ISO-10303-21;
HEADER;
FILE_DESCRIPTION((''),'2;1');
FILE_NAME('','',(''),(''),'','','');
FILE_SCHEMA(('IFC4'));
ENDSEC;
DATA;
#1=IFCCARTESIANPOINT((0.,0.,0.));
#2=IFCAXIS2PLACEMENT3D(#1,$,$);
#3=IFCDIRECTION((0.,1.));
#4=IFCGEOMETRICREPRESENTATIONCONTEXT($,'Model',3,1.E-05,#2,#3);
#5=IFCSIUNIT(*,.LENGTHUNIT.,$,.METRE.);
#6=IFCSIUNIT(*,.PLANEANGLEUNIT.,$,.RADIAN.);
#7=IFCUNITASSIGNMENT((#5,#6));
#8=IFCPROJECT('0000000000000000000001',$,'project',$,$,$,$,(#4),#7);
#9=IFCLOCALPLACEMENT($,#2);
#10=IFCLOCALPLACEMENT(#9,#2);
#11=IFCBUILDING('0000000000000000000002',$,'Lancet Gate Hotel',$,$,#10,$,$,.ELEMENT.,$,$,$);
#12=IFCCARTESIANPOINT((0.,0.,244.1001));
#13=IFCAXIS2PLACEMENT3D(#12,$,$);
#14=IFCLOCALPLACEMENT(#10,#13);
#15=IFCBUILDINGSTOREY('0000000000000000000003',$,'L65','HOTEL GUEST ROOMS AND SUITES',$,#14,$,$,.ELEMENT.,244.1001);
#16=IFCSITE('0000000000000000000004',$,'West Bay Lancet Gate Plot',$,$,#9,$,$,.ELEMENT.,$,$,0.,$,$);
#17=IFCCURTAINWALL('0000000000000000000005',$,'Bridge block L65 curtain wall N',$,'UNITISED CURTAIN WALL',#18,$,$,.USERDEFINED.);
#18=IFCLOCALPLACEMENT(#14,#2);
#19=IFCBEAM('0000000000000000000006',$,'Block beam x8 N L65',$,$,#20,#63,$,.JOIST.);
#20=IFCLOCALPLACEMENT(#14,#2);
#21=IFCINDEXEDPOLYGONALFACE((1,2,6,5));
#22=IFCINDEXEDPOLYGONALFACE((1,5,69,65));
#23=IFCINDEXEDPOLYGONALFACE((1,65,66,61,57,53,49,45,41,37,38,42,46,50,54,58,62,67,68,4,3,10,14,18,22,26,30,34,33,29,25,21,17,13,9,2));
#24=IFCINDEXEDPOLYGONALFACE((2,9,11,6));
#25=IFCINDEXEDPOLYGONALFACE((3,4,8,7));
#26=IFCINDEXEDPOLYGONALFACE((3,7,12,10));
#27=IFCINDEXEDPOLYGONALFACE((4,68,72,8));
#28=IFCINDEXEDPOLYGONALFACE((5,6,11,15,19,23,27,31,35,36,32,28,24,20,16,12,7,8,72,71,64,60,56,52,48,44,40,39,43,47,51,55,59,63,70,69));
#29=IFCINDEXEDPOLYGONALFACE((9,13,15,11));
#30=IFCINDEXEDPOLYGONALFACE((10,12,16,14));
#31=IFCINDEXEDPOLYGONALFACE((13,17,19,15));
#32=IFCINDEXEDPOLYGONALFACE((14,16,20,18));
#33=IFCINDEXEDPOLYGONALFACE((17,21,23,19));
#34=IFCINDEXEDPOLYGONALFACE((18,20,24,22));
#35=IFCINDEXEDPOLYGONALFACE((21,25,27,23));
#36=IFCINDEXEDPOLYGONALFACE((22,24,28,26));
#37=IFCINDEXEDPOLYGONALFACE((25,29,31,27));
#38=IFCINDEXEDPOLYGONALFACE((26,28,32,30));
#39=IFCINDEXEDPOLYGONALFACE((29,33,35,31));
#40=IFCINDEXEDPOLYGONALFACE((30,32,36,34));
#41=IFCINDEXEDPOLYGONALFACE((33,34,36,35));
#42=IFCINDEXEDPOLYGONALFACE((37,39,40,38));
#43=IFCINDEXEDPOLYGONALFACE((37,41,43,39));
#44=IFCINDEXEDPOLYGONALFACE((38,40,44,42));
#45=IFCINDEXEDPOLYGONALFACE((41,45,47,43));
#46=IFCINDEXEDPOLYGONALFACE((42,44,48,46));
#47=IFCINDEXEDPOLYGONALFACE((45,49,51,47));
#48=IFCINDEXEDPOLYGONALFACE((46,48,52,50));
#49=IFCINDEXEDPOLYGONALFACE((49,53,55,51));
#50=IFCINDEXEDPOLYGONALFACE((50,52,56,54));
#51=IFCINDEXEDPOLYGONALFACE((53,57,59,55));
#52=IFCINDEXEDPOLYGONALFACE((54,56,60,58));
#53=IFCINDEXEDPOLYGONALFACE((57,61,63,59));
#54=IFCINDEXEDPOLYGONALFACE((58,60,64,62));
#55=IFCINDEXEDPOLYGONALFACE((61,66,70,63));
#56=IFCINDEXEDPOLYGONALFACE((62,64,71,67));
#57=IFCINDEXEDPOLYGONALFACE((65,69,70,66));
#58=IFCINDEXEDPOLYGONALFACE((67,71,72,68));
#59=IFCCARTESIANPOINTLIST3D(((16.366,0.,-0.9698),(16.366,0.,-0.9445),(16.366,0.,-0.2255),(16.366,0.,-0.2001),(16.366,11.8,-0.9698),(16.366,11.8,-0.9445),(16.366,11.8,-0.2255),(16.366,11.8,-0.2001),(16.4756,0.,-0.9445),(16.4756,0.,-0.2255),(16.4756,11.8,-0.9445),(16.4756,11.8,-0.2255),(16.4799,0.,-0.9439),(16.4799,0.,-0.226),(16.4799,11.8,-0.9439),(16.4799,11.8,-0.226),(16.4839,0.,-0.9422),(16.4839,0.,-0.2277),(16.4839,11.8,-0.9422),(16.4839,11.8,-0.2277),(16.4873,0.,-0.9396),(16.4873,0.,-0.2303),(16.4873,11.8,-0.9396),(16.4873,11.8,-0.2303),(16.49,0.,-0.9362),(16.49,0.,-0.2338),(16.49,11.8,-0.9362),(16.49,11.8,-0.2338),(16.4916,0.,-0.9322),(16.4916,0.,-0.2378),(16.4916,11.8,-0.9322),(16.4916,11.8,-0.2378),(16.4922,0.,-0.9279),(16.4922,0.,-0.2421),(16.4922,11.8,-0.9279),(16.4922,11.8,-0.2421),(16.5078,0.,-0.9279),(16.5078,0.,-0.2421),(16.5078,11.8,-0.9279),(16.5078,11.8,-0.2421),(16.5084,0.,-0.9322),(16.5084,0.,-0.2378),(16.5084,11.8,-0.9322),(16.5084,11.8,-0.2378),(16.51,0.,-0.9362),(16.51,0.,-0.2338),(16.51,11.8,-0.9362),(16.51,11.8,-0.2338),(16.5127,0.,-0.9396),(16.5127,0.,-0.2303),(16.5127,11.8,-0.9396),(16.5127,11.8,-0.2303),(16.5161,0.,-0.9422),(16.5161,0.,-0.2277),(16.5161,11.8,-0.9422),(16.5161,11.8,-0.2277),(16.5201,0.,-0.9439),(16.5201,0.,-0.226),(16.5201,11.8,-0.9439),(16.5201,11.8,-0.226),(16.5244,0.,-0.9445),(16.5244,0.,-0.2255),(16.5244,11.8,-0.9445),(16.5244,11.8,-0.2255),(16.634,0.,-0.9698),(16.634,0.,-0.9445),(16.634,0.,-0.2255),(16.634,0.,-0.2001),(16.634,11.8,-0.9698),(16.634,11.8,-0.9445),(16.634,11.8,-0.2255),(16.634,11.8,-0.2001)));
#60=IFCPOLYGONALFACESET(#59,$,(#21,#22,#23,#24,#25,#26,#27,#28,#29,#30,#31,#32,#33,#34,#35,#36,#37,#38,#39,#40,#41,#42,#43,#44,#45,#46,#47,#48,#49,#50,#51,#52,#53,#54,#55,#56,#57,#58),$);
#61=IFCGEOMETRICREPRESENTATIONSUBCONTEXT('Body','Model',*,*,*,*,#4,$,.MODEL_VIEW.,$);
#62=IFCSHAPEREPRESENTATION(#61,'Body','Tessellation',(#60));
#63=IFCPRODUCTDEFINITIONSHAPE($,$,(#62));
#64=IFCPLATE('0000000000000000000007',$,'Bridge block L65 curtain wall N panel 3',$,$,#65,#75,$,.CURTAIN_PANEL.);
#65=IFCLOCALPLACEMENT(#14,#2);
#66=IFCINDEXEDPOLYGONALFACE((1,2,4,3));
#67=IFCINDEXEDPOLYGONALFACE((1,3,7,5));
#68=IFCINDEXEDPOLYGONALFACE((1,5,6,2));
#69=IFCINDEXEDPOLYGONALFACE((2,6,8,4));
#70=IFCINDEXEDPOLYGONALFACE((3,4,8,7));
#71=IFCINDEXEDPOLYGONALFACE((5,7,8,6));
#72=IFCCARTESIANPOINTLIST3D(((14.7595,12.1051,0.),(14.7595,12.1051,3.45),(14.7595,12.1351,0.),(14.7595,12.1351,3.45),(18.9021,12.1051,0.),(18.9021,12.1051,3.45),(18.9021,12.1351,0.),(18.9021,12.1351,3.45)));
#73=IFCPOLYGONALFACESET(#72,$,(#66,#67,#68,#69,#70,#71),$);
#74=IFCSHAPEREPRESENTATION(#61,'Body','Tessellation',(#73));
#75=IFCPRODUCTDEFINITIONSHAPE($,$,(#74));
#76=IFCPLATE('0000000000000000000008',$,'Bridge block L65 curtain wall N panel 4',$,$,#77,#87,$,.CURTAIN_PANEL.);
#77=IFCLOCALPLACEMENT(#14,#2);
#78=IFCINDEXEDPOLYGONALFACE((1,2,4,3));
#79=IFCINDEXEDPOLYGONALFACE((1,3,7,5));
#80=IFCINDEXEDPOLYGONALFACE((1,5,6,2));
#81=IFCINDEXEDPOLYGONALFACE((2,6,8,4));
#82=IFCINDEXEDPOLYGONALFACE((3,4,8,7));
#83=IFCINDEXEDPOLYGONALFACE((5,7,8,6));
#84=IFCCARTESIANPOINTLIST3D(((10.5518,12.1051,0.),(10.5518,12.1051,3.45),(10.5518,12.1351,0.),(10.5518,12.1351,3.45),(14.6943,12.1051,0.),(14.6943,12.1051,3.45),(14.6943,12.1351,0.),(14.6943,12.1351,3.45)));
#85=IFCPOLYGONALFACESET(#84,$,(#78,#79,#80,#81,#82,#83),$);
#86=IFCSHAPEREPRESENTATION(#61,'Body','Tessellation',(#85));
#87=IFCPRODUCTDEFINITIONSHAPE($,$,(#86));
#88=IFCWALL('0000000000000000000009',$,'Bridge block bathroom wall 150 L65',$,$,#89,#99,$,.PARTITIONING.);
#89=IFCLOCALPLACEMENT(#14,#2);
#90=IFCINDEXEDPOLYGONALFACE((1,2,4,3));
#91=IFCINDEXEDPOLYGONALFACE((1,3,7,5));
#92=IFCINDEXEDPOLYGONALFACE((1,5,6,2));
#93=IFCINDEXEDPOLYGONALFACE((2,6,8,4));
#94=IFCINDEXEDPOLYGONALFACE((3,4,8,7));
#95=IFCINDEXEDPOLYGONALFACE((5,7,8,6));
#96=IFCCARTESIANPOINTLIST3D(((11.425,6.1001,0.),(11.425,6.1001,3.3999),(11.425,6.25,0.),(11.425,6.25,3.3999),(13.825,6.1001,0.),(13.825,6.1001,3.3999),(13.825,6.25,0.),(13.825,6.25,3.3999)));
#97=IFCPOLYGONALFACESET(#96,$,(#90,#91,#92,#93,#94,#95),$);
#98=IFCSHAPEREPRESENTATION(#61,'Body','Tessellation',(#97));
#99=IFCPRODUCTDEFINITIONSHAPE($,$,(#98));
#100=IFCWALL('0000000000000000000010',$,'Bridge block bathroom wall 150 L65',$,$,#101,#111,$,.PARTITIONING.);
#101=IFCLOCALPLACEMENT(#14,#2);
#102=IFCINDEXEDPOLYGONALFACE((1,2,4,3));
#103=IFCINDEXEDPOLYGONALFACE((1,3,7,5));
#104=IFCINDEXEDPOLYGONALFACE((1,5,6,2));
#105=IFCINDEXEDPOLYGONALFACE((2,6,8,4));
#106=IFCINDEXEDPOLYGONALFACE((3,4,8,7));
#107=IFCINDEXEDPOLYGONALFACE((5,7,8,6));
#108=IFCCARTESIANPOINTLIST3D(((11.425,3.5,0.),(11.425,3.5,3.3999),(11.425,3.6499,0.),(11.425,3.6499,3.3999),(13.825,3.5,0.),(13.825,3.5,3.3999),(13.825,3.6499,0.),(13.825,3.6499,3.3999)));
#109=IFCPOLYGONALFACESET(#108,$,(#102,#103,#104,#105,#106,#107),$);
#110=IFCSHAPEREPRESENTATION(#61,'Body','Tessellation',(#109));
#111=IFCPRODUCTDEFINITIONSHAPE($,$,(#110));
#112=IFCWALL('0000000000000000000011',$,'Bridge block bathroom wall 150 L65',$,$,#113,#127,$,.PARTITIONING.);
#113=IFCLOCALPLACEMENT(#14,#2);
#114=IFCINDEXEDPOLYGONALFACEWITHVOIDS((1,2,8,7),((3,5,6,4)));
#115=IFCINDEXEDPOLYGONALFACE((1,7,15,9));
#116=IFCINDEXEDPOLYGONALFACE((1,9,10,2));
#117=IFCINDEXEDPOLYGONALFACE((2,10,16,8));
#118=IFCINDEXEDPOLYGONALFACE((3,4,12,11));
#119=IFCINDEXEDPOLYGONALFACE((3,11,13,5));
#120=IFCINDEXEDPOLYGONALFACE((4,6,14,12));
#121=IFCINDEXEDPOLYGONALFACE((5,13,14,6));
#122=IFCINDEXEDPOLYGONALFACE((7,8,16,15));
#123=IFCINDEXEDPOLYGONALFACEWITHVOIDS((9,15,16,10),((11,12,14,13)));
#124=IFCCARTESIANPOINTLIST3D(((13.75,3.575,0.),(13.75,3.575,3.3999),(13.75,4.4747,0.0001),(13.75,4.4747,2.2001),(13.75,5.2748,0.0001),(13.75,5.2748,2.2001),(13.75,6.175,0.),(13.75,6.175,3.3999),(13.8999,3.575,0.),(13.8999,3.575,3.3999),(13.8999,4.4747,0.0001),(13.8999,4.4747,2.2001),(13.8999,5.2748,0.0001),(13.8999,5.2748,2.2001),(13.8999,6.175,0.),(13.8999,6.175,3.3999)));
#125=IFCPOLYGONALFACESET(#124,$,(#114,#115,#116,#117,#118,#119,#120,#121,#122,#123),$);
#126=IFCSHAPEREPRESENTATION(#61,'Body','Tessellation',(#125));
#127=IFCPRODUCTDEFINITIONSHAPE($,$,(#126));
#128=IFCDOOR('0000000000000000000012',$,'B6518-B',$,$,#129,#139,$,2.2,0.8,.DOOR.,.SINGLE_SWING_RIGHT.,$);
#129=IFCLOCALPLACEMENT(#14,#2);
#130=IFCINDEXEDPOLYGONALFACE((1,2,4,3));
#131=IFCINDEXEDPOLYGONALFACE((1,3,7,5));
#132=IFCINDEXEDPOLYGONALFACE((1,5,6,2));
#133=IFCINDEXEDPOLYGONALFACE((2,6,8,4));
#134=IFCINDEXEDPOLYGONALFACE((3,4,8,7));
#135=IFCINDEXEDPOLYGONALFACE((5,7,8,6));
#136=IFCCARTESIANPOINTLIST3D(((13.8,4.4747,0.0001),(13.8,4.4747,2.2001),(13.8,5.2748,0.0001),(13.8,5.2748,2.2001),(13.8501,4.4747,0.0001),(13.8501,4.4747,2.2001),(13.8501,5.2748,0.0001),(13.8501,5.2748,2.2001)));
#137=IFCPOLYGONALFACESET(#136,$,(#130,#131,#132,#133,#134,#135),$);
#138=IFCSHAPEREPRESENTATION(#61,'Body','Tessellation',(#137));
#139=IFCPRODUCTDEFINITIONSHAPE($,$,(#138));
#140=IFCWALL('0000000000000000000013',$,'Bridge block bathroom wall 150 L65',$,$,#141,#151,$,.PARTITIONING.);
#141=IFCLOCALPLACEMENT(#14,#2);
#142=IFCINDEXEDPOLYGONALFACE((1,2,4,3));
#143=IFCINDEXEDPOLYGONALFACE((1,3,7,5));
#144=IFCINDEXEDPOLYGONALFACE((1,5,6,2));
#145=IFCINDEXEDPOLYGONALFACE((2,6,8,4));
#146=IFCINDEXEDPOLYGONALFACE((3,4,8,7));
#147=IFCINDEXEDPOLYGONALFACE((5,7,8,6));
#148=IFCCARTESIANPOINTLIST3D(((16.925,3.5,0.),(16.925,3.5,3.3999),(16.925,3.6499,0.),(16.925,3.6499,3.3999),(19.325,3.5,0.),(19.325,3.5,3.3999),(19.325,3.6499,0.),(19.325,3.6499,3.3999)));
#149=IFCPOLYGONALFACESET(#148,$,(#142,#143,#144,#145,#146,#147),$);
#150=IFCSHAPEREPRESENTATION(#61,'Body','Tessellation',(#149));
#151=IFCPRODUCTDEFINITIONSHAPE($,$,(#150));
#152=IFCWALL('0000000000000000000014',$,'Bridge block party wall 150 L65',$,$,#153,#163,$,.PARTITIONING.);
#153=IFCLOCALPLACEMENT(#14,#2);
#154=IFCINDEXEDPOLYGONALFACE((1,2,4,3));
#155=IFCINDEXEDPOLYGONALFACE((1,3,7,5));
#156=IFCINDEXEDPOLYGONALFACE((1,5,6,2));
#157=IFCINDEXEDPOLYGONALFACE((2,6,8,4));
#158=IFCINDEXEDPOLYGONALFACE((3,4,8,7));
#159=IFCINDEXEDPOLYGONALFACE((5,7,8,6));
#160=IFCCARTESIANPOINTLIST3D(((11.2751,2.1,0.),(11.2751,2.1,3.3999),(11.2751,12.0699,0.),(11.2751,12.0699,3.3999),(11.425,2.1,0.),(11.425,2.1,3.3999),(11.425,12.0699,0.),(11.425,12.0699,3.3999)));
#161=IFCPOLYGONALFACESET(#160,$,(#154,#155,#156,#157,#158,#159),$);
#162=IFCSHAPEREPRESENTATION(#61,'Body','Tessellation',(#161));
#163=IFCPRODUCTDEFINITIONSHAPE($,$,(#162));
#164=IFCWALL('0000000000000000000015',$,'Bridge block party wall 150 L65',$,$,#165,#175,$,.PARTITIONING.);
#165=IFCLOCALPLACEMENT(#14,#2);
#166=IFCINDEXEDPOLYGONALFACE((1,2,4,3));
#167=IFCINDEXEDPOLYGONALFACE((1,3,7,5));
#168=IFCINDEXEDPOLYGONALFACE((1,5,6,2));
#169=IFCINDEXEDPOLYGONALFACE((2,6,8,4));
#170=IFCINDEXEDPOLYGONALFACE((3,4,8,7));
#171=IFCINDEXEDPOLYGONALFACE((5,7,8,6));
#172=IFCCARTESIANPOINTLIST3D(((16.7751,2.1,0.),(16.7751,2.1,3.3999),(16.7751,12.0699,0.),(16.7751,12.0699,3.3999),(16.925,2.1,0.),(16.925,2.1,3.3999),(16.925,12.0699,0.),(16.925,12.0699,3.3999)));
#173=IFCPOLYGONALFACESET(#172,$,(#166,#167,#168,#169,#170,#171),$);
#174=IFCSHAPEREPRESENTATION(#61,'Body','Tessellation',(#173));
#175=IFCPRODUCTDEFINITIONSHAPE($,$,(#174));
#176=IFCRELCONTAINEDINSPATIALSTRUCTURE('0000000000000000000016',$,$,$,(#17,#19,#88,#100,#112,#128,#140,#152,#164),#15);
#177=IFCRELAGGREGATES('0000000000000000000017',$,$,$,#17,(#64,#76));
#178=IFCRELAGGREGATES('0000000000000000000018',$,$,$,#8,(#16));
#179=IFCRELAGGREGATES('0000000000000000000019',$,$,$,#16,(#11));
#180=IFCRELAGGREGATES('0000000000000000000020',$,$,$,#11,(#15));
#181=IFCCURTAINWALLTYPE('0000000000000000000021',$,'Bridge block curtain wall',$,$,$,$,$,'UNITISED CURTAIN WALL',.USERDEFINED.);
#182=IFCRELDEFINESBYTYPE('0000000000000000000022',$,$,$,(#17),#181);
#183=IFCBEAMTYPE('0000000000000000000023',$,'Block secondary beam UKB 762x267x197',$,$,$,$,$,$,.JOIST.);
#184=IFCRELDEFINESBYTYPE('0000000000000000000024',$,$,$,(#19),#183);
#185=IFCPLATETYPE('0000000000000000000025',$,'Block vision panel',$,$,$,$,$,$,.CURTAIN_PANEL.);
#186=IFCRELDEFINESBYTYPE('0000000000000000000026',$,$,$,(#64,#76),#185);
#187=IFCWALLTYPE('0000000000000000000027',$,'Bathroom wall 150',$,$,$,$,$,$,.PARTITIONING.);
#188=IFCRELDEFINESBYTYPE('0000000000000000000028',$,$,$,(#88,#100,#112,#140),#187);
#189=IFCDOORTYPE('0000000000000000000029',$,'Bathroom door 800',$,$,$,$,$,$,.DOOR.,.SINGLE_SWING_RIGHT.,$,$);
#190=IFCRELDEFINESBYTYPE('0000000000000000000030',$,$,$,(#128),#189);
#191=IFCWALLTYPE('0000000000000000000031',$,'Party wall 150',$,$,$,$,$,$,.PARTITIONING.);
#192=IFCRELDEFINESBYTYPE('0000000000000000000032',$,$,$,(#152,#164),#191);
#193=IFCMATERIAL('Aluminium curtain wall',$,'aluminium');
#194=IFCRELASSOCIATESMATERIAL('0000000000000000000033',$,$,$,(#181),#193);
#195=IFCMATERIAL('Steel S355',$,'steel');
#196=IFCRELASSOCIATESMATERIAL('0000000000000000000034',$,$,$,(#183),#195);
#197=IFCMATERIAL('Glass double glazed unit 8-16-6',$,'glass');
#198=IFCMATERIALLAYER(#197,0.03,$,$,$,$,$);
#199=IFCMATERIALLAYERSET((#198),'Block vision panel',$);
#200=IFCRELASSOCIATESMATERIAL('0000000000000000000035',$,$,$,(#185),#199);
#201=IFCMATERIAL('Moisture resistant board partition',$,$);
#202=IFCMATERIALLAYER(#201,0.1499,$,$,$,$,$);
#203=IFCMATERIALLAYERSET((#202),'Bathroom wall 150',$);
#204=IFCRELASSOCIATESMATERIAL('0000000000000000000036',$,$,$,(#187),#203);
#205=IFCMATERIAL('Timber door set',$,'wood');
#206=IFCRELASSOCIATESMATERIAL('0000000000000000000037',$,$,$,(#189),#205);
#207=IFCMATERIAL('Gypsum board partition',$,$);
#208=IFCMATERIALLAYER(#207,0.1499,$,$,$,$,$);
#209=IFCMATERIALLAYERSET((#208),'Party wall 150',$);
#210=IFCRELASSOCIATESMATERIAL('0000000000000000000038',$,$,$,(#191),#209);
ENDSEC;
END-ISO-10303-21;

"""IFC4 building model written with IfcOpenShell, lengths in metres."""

from ifc_helpers import new_model, si_unit, direction, frame, frame_2d, origin, origin_2d, place, context, subcontext, project, spatial, rectangle, i_section, extrude, material, layer, layer_set, material_profile, profile_set, type_object, element, fill, aggregate, save


model = new_model("IFC4")

# Units and contexts
model_context = context("Model", 3, precision=1e-05, world=origin(), true_north=direction((0.0, 1.0)))
body_context = subcontext(model_context, "Body", "Model", "MODEL_VIEW")
ifc_project = project(units=[si_unit("LENGTHUNIT", "METRE"), si_unit("PLANEANGLEUNIT", "RADIAN")], contexts=[model_context])

# Site, building, storey
site_placement = place(None, origin())
site = spatial("IfcSite", under=ifc_project, at=site_placement, Name="West Bay Lancet Gate Plot", CompositionType="ELEMENT", RefElevation=0.0)
building_placement = place(site_placement, origin())
building = spatial("IfcBuilding", under=site, at=building_placement, Name="Lancet Gate Hotel", CompositionType="ELEMENT")
storey_placement = place(building_placement, frame((0.0, 0.0, 244.1001)))
storey = spatial("IfcBuildingStorey", under=building, at=storey_placement, Name="L65", Description="HOTEL GUEST ROOMS AND SUITES", CompositionType="ELEMENT", Elevation=244.1001)

# Curtain wall
ifc_material_1 = material(Name="Aluminium curtain wall", Category="aluminium")
curtain_wall_type = type_object("IfcCurtainWallType", Name="Bridge block curtain wall", ElementType="UNITISED CURTAIN WALL", PredefinedType="USERDEFINED", material=ifc_material_1)
curtain_wall_placement = place(storey_placement, origin())
curtain_wall = element("IfcCurtainWall", 1, at=curtain_wall_placement, inside=storey, type_object=curtain_wall_type, Name="Bridge block L65 curtain wall N", ObjectType="UNITISED CURTAIN WALL", PredefinedType="USERDEFINED")

# Beam
ifc_material_2 = material(Name="Steel S355", Category="steel")
ifc_material_profile_1 = material_profile(ifc_material_2, i_section(OverallWidth=0.2681, OverallDepth=0.7698, WebThickness=0.0156, FlangeThickness=0.0254, FilletRadius=0.0166, at=origin_2d()), Name="UKB 762x267x197")
ifc_profile_set_1 = profile_set([ifc_material_profile_1], Name="Steel S355")
beam_type_1 = type_object("IfcBeamType", Name="Block secondary beam UKB 762x267x197", PredefinedType="JOIST", material=ifc_profile_set_1)
beam_1_placement = place(storey_placement, frame((16.5, 0.0, -0.585), z_axis=(0.0, 1.0, 0.0), x_axis=(-1.0, 0.0, 0.0)))
element("IfcBeam", 2, at=beam_1_placement, inside=storey, type_object=beam_type_1, Name="Block beam x8 N L65", PredefinedType="JOIST", context=body_context, shape_type="SweptSolid", body=[
    extrude(i_section(OverallWidth=0.2681, OverallDepth=0.7698, WebThickness=0.0156, FlangeThickness=0.0254, FilletRadius=0.0166, at=origin_2d()), origin(), (0.0, 0.0, 1.0), 11.8),
])

# Plates
ifc_material_3 = material(Name="Glass double glazed unit 8-16-6", Category="glass")
ifc_layer_1 = layer(ifc_material_3, 0.03)
ifc_layer_set_1 = layer_set([ifc_layer_1], Name="Block vision panel")
plate_type = type_object("IfcPlateType", Name="Block vision panel", PredefinedType="CURTAIN_PANEL", material=ifc_layer_set_1)
plate_1_placement = place(storey_placement, frame((16.8308, 12.1201, 0.0), z_axis=(0.0, 0.0, 1.0), x_axis=(-1.0, 0.0, 0.0)))
plate_1 = element("IfcPlate", 3, at=plate_1_placement, type_object=plate_type, Name="Bridge block L65 curtain wall N panel 3", PredefinedType="CURTAIN_PANEL", context=body_context, shape_type="SweptSolid", body=[
    extrude(rectangle(XDim=4.1426, YDim=0.03, at=origin_2d()), origin(), (0.0, 0.0, 1.0), 3.45),
])
plate_2_placement = place(storey_placement, frame((12.623, 12.1201, 0.0), z_axis=(0.0, 0.0, 1.0), x_axis=(-1.0, 0.0, 0.0)))
plate_2 = element("IfcPlate", 4, at=plate_2_placement, type_object=plate_type, Name="Bridge block L65 curtain wall N panel 4", PredefinedType="CURTAIN_PANEL", context=body_context, shape_type="SweptSolid", body=[
    extrude(rectangle(XDim=4.1426, YDim=0.03, at=origin_2d()), origin(), (0.0, 0.0, 1.0), 3.45),
])
aggregate(curtain_wall, [plate_1, plate_2])

# Walls
ifc_material_4 = material(Name="Moisture resistant board partition")
ifc_layer_2 = layer(ifc_material_4, 0.1499)
ifc_layer_set_2 = layer_set([ifc_layer_2], Name="Bathroom wall 150")
wall_type_1 = type_object("IfcWallType", Name="Bathroom wall 150", PredefinedType="PARTITIONING", material=ifc_layer_set_2)
for number, where, z_axis, x_axis, name in (
    (5, (11.425, 6.175, 0.0), (0.0, 0.0, 1.0), (1.0, 0.0, 0.0), "Bridge block bathroom wall 150 L65"),
    (6, (11.425, 3.575, 0.0), (0.0, 0.0, 1.0), (1.0, 0.0, 0.0), "Bridge block bathroom wall 150 L65"),
):
    element("IfcWall", number, at=place(storey_placement, frame(where, z_axis=z_axis, x_axis=x_axis)), inside=storey, type_object=wall_type_1, Name=name, PredefinedType="PARTITIONING", context=body_context, shape_type="SweptSolid", body=[
        extrude(rectangle(XDim=2.3999, YDim=0.1499, at=frame_2d((1.2, 0.0))), origin(), (0.0, 0.0, 1.0), 3.3999),
    ])

# Wall, opening, door
wall_1_placement = place(storey_placement, frame((13.825, 3.575, 0.0), z_axis=(0.0, 0.0, 1.0), x_axis=(0.0, 1.0, 0.0)))
wall_1 = element("IfcWall", 7, at=wall_1_placement, inside=storey, type_object=wall_type_1, Name="Bridge block bathroom wall 150 L65", PredefinedType="PARTITIONING", context=body_context, shape_type="SweptSolid", body=[
    extrude(rectangle(XDim=2.6001, YDim=0.1499, at=frame_2d((1.3, 0.0))), origin(), (0.0, 0.0, 1.0), 3.3999),
])
opening_placement = place(wall_1_placement, frame((0.8999, 0.0, 0.0)))
opening = element("IfcOpeningElement", 8, at=opening_placement, cuts=wall_1, PredefinedType="OPENING", context=body_context, shape_type="SweptSolid", body=[
    extrude(rectangle(XDim=0.8, YDim=2.2, at=frame_2d((0.3999, 1.1001))), frame((0.0, 0.085, 0.0), z_axis=(0.0, -1.0, 0.0), x_axis=(1.0, 0.0, 0.0)), (0.0, 0.0, 1.0), 0.1699),
])
ifc_material_5 = material(Name="Timber door set", Category="wood")
door_type = type_object("IfcDoorType", Name="Bathroom door 800", OperationType="SINGLE_SWING_RIGHT", PredefinedType="DOOR", material=ifc_material_5)
door_placement = place(opening_placement, origin())
door = element("IfcDoor", 9, at=door_placement, inside=storey, type_object=door_type, Name="B6518-B", OperationType="SINGLE_SWING_RIGHT", OverallHeight=2.2, OverallWidth=0.8, PredefinedType="DOOR", context=body_context, shape_type="SweptSolid", body=[
    extrude(rectangle(XDim=0.8, YDim=2.2, at=frame_2d((0.3999, 1.1001))), frame((0.0, 0.0249, 0.0), z_axis=(0.0, -1.0, 0.0), x_axis=(1.0, 0.0, 0.0)), (0.0, 0.0, 1.0), 0.05),
])
fill(opening, door)

# Walls
wall_2_placement = place(storey_placement, frame((16.925, 3.575, 0.0), z_axis=(0.0, 0.0, 1.0), x_axis=(1.0, 0.0, 0.0)))
element("IfcWall", 10, at=wall_2_placement, inside=storey, type_object=wall_type_1, Name="Bridge block bathroom wall 150 L65", PredefinedType="PARTITIONING", context=body_context, shape_type="SweptSolid", body=[
    extrude(rectangle(XDim=2.3999, YDim=0.1499, at=frame_2d((1.2, 0.0))), origin(), (0.0, 0.0, 1.0), 3.3999),
])
ifc_material_6 = material(Name="Gypsum board partition")
ifc_layer_3 = layer(ifc_material_6, 0.1499)
ifc_layer_set_3 = layer_set([ifc_layer_3], Name="Party wall 150")
wall_type_2 = type_object("IfcWallType", Name="Party wall 150", PredefinedType="PARTITIONING", material=ifc_layer_set_3)
for number, where, z_axis, x_axis, name in (
    (11, (11.3501, 2.1001, 0.0), (0.0, 0.0, 1.0), (0.0, 1.0, 0.0), "Bridge block party wall 150 L65"),
    (12, (16.8501, 2.1001, 0.0), (0.0, 0.0, 1.0), (0.0, 1.0, 0.0), "Bridge block party wall 150 L65"),
):
    element("IfcWall", number, at=place(storey_placement, frame(where, z_axis=z_axis, x_axis=x_axis)), inside=storey, type_object=wall_type_2, Name=name, PredefinedType="PARTITIONING", context=body_context, shape_type="SweptSolid", body=[
        extrude(rectangle(XDim=9.97, YDim=0.1499, at=frame_2d((4.9849, 0.0))), origin(), (0.0, 0.0, 1.0), 3.3999),
    ])

save(model, "model.ifc")
